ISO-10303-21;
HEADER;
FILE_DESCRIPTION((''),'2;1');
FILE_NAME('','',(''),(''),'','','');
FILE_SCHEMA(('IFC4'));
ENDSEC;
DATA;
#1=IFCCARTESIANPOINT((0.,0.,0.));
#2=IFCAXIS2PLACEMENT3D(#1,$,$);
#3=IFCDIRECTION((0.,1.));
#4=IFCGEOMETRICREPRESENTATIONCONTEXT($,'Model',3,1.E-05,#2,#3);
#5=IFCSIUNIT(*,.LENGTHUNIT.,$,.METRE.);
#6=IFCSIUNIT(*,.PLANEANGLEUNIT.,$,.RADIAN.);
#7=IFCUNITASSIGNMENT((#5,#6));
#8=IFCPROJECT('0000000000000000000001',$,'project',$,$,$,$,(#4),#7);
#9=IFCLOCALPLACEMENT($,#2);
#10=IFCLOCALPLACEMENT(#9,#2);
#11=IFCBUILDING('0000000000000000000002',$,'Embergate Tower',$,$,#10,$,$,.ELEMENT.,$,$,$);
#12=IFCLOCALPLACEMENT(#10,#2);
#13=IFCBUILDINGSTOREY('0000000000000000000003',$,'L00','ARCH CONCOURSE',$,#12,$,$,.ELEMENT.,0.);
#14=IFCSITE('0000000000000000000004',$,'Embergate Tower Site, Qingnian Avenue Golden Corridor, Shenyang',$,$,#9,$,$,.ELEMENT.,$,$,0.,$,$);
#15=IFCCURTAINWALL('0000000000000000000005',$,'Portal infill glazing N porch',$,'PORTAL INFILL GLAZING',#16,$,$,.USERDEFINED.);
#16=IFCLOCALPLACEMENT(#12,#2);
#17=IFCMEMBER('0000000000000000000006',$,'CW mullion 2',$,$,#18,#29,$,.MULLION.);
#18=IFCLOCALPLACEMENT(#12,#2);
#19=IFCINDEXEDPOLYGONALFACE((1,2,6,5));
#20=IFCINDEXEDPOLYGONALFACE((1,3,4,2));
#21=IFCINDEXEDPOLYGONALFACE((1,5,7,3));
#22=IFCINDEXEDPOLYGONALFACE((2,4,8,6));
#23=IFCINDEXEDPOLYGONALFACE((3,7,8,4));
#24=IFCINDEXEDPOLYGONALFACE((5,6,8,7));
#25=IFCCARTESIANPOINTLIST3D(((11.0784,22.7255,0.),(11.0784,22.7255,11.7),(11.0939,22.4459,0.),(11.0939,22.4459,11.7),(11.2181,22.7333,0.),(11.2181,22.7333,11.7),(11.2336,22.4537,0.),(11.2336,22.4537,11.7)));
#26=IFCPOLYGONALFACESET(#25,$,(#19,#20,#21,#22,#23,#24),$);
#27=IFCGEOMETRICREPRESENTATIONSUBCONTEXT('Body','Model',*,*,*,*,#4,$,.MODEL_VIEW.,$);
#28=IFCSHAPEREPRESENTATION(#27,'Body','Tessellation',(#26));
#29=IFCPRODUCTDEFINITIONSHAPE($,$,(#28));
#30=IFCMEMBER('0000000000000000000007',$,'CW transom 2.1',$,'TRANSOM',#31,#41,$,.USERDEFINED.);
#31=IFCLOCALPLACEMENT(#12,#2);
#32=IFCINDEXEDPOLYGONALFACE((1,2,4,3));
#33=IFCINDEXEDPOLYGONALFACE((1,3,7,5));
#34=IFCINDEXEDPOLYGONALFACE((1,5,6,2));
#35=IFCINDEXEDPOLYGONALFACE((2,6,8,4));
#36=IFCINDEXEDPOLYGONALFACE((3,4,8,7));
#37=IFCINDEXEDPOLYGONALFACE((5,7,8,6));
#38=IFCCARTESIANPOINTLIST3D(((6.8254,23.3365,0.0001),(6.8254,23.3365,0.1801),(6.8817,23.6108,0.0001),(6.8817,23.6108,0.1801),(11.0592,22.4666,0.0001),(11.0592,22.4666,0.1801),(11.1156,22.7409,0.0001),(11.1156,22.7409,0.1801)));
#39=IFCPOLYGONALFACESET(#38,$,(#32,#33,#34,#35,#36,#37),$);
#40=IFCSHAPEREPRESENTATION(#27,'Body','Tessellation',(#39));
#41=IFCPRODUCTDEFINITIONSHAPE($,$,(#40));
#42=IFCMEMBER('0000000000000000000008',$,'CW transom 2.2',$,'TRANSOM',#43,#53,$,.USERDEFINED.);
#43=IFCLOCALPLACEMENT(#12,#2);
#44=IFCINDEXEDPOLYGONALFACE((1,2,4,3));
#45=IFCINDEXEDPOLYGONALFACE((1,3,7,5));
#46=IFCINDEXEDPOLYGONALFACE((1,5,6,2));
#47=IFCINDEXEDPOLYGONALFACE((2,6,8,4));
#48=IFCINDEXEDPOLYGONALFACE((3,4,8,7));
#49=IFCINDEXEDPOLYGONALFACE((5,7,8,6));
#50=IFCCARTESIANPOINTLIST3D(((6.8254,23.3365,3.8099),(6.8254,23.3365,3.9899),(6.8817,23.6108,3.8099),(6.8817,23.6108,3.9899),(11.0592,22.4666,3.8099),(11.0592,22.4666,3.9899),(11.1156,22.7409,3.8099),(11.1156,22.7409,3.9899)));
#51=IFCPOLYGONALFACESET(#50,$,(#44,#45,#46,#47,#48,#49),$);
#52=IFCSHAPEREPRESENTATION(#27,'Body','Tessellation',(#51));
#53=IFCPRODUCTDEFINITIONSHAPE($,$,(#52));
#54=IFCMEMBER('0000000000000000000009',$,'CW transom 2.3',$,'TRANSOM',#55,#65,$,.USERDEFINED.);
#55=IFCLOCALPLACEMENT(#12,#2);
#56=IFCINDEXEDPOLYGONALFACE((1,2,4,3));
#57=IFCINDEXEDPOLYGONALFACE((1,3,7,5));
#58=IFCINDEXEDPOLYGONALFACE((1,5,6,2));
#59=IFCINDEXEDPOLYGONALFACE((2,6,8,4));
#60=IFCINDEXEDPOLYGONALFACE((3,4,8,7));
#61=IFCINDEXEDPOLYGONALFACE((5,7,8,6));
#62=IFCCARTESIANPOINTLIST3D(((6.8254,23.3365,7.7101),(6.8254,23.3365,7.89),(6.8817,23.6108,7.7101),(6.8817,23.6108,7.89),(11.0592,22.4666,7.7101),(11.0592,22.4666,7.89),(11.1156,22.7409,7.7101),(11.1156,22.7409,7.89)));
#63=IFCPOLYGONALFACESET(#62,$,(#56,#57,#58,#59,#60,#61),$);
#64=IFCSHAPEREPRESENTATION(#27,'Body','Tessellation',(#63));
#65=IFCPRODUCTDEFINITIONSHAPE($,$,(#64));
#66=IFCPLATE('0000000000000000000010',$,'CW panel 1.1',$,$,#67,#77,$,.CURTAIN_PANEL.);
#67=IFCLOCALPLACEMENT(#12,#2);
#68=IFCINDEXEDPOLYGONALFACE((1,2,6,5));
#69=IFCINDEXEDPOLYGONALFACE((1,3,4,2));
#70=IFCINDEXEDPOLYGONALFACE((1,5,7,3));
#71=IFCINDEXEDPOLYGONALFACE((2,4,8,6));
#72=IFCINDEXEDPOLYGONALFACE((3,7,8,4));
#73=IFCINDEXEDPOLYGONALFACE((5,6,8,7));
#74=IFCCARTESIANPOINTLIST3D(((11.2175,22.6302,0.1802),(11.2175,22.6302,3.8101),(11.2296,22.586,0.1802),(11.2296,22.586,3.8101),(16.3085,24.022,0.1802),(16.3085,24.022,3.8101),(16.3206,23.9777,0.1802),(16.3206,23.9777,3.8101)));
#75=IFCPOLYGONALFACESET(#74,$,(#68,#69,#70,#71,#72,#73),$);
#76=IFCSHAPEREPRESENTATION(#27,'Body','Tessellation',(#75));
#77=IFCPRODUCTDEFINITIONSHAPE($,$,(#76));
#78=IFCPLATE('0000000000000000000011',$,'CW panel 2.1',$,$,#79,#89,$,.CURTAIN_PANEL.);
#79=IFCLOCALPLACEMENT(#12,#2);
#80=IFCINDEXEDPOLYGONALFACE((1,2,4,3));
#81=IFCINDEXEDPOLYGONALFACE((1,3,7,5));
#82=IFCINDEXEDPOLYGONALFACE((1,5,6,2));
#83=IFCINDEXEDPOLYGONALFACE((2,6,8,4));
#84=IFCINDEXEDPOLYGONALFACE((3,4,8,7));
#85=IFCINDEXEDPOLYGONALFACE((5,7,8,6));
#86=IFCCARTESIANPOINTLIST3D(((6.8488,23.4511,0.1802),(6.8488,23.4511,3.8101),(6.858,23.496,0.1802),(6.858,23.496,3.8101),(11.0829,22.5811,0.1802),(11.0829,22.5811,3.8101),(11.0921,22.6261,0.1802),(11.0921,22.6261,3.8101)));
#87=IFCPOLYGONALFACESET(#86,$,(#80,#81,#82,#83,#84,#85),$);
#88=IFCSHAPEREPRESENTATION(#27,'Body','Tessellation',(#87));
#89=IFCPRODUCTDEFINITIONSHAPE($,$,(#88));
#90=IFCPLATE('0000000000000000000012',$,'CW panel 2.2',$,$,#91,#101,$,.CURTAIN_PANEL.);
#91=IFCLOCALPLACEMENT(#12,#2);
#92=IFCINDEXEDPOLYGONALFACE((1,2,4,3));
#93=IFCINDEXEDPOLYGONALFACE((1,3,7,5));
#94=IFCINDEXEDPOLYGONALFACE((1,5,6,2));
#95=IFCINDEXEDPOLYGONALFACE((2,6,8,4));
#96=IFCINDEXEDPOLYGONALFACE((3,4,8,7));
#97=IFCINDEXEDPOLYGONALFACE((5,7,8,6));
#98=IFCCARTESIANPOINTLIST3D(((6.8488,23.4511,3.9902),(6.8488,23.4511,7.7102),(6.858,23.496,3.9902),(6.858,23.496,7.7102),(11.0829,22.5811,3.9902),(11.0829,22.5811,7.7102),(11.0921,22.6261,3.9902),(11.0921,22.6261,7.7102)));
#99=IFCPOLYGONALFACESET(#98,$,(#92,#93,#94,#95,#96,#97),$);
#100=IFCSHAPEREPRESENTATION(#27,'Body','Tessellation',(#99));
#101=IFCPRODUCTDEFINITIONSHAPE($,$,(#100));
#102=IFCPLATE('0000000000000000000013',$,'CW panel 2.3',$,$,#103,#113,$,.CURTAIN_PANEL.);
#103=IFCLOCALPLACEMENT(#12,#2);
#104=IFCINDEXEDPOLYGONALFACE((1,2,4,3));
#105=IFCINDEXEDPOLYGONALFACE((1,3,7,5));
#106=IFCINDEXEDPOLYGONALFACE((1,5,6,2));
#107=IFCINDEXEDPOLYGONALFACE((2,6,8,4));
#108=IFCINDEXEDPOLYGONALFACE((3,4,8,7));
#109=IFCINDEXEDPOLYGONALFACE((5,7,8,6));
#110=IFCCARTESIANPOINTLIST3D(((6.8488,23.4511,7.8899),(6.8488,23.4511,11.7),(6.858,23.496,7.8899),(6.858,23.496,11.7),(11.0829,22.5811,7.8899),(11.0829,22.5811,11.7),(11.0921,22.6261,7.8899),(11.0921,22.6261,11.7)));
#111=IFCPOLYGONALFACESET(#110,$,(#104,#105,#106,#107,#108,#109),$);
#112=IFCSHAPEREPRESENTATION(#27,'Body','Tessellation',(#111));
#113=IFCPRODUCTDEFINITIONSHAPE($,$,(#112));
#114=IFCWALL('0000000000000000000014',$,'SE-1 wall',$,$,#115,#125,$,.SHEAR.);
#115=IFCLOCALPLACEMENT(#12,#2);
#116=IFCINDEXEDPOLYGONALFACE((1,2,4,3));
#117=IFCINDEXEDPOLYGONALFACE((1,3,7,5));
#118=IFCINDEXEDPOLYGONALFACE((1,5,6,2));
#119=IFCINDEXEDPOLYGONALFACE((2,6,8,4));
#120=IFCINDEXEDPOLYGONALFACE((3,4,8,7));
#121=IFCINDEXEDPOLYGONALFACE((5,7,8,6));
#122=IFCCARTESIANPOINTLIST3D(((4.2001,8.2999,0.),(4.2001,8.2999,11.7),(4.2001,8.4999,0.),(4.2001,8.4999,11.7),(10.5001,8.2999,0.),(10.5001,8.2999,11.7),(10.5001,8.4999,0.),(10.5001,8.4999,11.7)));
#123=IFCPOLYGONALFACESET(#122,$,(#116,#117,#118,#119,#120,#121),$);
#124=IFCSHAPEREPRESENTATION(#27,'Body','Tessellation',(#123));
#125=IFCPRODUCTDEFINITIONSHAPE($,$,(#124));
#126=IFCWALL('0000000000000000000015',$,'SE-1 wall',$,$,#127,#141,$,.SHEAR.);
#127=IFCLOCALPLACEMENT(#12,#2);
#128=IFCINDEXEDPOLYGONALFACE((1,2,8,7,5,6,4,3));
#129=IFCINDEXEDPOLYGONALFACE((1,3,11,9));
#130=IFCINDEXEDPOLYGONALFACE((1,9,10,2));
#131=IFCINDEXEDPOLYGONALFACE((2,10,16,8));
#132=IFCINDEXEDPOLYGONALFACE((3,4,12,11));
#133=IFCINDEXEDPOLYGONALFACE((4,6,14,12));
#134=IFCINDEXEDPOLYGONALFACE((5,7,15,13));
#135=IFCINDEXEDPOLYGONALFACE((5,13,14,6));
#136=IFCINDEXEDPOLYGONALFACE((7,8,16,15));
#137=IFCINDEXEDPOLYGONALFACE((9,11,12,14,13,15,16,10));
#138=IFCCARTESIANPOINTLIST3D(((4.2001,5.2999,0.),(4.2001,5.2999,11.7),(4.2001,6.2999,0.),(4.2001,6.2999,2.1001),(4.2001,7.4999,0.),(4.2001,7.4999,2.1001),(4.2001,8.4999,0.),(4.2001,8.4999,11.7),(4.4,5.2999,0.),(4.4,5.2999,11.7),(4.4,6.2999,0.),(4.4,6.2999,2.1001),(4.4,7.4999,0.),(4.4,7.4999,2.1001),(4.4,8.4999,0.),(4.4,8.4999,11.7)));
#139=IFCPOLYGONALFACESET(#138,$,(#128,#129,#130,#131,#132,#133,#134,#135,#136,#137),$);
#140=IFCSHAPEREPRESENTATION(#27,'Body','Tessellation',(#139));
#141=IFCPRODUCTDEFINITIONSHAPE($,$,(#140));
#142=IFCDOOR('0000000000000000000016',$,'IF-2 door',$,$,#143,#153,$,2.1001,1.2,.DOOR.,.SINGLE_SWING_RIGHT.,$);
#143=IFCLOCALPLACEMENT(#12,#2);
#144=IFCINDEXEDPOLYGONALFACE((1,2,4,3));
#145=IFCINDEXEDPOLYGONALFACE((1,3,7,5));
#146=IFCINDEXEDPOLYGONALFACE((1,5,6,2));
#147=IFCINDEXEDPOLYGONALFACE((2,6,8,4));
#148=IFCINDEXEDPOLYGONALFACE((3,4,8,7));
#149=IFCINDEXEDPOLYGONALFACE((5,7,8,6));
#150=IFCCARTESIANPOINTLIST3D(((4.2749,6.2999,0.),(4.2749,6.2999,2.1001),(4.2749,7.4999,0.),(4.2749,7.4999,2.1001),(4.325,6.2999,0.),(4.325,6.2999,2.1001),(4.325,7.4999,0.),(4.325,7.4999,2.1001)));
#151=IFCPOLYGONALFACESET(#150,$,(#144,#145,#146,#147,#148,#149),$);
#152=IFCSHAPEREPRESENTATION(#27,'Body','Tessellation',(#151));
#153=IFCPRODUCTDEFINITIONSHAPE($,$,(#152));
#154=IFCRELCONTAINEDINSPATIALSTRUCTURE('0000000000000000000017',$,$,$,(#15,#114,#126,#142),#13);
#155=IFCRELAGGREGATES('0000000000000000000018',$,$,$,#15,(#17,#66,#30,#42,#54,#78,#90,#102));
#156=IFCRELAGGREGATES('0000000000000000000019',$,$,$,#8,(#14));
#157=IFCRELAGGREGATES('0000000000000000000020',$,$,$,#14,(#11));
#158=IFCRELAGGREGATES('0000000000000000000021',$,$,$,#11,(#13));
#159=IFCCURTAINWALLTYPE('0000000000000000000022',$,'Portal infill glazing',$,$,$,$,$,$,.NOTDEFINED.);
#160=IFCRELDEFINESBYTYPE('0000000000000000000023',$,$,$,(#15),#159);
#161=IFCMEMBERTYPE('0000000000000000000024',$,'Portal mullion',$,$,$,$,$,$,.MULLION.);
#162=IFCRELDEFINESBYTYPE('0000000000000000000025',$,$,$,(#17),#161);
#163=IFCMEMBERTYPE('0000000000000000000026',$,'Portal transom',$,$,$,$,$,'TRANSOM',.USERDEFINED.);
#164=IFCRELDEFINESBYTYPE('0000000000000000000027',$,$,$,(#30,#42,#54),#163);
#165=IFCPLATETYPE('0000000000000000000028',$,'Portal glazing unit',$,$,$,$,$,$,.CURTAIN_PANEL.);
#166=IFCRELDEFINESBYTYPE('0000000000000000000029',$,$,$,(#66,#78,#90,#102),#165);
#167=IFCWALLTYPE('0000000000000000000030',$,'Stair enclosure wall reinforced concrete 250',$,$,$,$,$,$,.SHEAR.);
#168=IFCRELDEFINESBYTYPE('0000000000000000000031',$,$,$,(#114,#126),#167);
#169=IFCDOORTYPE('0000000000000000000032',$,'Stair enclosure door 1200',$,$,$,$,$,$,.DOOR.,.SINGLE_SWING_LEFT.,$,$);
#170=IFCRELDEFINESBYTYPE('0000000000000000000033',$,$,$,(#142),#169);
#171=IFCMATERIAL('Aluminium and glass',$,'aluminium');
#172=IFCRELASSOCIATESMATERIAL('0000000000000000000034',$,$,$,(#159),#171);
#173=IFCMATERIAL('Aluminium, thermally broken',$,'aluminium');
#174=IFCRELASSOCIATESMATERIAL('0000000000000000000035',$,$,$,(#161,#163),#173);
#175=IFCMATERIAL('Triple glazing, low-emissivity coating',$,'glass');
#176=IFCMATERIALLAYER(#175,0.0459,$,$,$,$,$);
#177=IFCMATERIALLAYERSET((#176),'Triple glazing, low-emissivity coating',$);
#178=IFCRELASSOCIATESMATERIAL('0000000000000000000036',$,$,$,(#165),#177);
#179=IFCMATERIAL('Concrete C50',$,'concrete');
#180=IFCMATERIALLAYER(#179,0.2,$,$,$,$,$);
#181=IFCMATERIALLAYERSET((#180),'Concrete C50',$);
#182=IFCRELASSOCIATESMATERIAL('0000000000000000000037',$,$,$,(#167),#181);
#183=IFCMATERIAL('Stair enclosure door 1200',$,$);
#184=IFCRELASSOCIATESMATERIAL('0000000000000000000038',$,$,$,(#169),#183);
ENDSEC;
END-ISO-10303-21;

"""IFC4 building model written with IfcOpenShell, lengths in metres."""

from ifc_helpers import new_model, si_unit, direction, frame, frame_2d, origin, origin_2d, place, context, subcontext, project, spatial, rectangle, extrude, source, transform, mapped, material, layer, layer_set, material_profile, profile_set, type_object, element, fill, aggregate, save


model = new_model("IFC4")

# Units and contexts
model_context = context("Model", 3, precision=1e-05, world=origin(), true_north=direction((0.0, 1.0)))
body_context = subcontext(model_context, "Body", "Model", "MODEL_VIEW")
ifc_project = project(units=[si_unit("LENGTHUNIT", "METRE"), si_unit("PLANEANGLEUNIT", "RADIAN")], contexts=[model_context])

# Site, building, storey
site_placement = place(None, origin())
site = spatial("IfcSite", under=ifc_project, at=site_placement, Name="Embergate Tower Site, Qingnian Avenue Golden Corridor, Shenyang", CompositionType="ELEMENT", RefElevation=0.0)
building_placement = place(site_placement, origin())
building = spatial("IfcBuilding", under=site, at=building_placement, Name="Embergate Tower", CompositionType="ELEMENT")
storey_placement = place(building_placement, origin())
storey = spatial("IfcBuildingStorey", under=building, at=storey_placement, Name="L00", Description="ARCH CONCOURSE", CompositionType="ELEMENT", Elevation=0.0)

# Curtain wall, members, plates
ifc_material_1 = material(Name="Aluminium and glass", Category="aluminium")
curtain_wall_type = type_object("IfcCurtainWallType", Name="Portal infill glazing", PredefinedType="NOTDEFINED", material=ifc_material_1)
curtain_wall_placement = place(storey_placement, origin())
curtain_wall = element("IfcCurtainWall", 1, at=curtain_wall_placement, inside=storey, type_object=curtain_wall_type, Name="Portal infill glazing N porch", ObjectType="PORTAL INFILL GLAZING", PredefinedType="USERDEFINED")
ifc_material_2 = material(Name="Aluminium, thermally broken", Category="aluminium")
ifc_material_profile_1 = material_profile(ifc_material_2, rectangle(XDim=0.28, YDim=0.1399, at=origin_2d()), Name="AL 140x280")
ifc_profile_set_1 = profile_set([ifc_material_profile_1], Name="Aluminium, thermally broken")
member_type_1 = type_object("IfcMemberType", Name="Portal mullion", PredefinedType="MULLION", material=ifc_profile_set_1)
shared_shape_1 = source(origin(), body_context, "Body", "SweptSolid", [
    extrude(rectangle(XDim=0.28, YDim=0.1399, at=origin_2d()), origin(), (0.0, 0.0, 1.0), 11.7),
])
member_1_placement = place(storey_placement, frame((11.156, 22.5896, 0.0), z_axis=(0.0, 0.0, 1.0), x_axis=(0.055198, -0.998475, 0.0)))
member_1 = element("IfcMember", 2, at=member_1_placement, type_object=member_type_1, Name="CW mullion 2", PredefinedType="MULLION", context=body_context, shape_type="MappedRepresentation", body=[
    mapped(shared_shape_1, transform((0.0, 0.0, 0.0))),
])
ifc_material_profile_2 = material_profile(ifc_material_2, rectangle(XDim=0.28, YDim=0.1799, at=origin_2d()), Name="AL 180x280")
ifc_profile_set_2 = profile_set([ifc_material_profile_2], Name="Aluminium, thermally broken")
member_type_2 = type_object("IfcMemberType", Name="Portal transom", ElementType="TRANSOM", PredefinedType="USERDEFINED", material=ifc_profile_set_2)
shared_shape_2 = source(origin(), body_context, "Body", "SweptSolid", [
    extrude(rectangle(XDim=0.28, YDim=0.1799, at=origin_2d()), origin(), (0.0, 0.0, 1.0), 4.3223),
])
member_2_placement = place(storey_placement, frame((11.0874, 22.6038, 0.0901), z_axis=(-0.97954, 0.201251, 0.0), x_axis=(-0.201251, -0.97954, 0.0)))
member_2 = element("IfcMember", 3, at=member_2_placement, type_object=member_type_2, Name="CW transom 2.1", ObjectType="TRANSOM", PredefinedType="USERDEFINED", context=body_context, shape_type="MappedRepresentation", body=[
    mapped(shared_shape_2, transform((0.0, 0.0, 0.0))),
])
member_3_placement = place(storey_placement, frame((11.0874, 22.6038, 3.8999), z_axis=(-0.97954, 0.201251, 0.0), x_axis=(-0.201251, -0.97954, 0.0)))
member_3 = element("IfcMember", 4, at=member_3_placement, type_object=member_type_2, Name="CW transom 2.2", ObjectType="TRANSOM", PredefinedType="USERDEFINED", context=body_context, shape_type="MappedRepresentation", body=[
    mapped(shared_shape_2, transform((0.0, 0.0, 0.0))),
])
member_4_placement = place(storey_placement, frame((11.0874, 22.6038, 7.8), z_axis=(-0.97954, 0.201251, 0.0), x_axis=(-0.201251, -0.97954, 0.0)))
member_4 = element("IfcMember", 5, at=member_4_placement, type_object=member_type_2, Name="CW transom 2.3", ObjectType="TRANSOM", PredefinedType="USERDEFINED", context=body_context, shape_type="MappedRepresentation", body=[
    mapped(shared_shape_2, transform((0.0, 0.0, 0.0))),
])
ifc_material_3 = material(Name="Triple glazing, low-emissivity coating", Category="glass")
ifc_layer_1 = layer(ifc_material_3, 0.0459)
ifc_layer_set_1 = layer_set([ifc_layer_1], Name="Triple glazing, low-emissivity coating")
plate_type = type_object("IfcPlateType", Name="Portal glazing unit", PredefinedType="CURTAIN_PANEL", material=ifc_layer_set_1)
shared_shape_3 = source(origin(), body_context, "Body", "SweptSolid", [
    extrude(rectangle(XDim=5.2778, YDim=0.0459, at=origin_2d()), origin(), (0.0, 0.0, 1.0), 3.6299),
])
plate_1_placement = place(storey_placement, frame((13.769, 23.304, 0.1802), z_axis=(0.0, 0.0, 1.0), x_axis=(-0.964607, -0.263693, 0.0)))
plate_1 = element("IfcPlate", 6, at=plate_1_placement, type_object=plate_type, Name="CW panel 1.1", PredefinedType="CURTAIN_PANEL", context=body_context, shape_type="MappedRepresentation", body=[
    mapped(shared_shape_3, transform((0.0, 0.0, 0.0))),
])
shared_shape_4 = source(origin(), body_context, "Body", "SweptSolid", [
    extrude(rectangle(XDim=4.3225, YDim=0.0459, at=origin_2d()), origin(), (0.0, 0.0, 1.0), 3.6299),
])
plate_2_placement = place(storey_placement, frame((8.9705, 23.0386, 0.1802), z_axis=(0.0, 0.0, 1.0), x_axis=(-0.979538, 0.201257, 0.0)))
plate_2 = element("IfcPlate", 7, at=plate_2_placement, type_object=plate_type, Name="CW panel 2.1", PredefinedType="CURTAIN_PANEL", context=body_context, shape_type="MappedRepresentation", body=[
    mapped(shared_shape_4, transform((0.0, 0.0, 0.0))),
])
shared_shape_5 = source(origin(), body_context, "Body", "SweptSolid", [
    extrude(rectangle(XDim=4.3225, YDim=0.0459, at=origin_2d()), origin(), (0.0, 0.0, 1.0), 3.72),
])
plate_3_placement = place(storey_placement, frame((8.9705, 23.0386, 3.9902), z_axis=(0.0, 0.0, 1.0), x_axis=(-0.979538, 0.201257, 0.0)))
plate_3 = element("IfcPlate", 8, at=plate_3_placement, type_object=plate_type, Name="CW panel 2.2", PredefinedType="CURTAIN_PANEL", context=body_context, shape_type="MappedRepresentation", body=[
    mapped(shared_shape_5, transform((0.0, 0.0, 0.0))),
])
shared_shape_6 = source(origin(), body_context, "Body", "SweptSolid", [
    extrude(rectangle(XDim=4.3225, YDim=0.0459, at=origin_2d()), origin(), (0.0, 0.0, 1.0), 3.8101),
])
plate_4_placement = place(storey_placement, frame((8.9705, 23.0386, 7.8899), z_axis=(0.0, 0.0, 1.0), x_axis=(-0.979538, 0.201257, 0.0)))
plate_4 = element("IfcPlate", 9, at=plate_4_placement, type_object=plate_type, Name="CW panel 2.3", PredefinedType="CURTAIN_PANEL", context=body_context, shape_type="MappedRepresentation", body=[
    mapped(shared_shape_6, transform((0.0, 0.0, 0.0))),
])
aggregate(curtain_wall, [member_1, plate_1, member_2, member_3, member_4, plate_2, plate_3, plate_4])

# Wall
ifc_material_4 = material(Name="Concrete C50", Category="concrete")
ifc_layer_2 = layer(ifc_material_4, 0.2)
ifc_layer_set_2 = layer_set([ifc_layer_2], Name="Concrete C50")
wall_type_1 = type_object("IfcWallType", Name="Stair enclosure wall reinforced concrete 250", PredefinedType="SHEAR", material=ifc_layer_set_2)
shared_shape_7 = source(origin(), body_context, "Body", "SweptSolid", [
    extrude(rectangle(XDim=6.3, YDim=0.2, at=frame_2d((3.1499, 0.0))), origin(), (0.0, 0.0, 1.0), 11.7),
])
wall_1_placement = place(storey_placement, frame((10.5, 8.3999, 0.0), z_axis=(0.0, 0.0, 1.0), x_axis=(-1.0, 0.0, 0.0)))
element("IfcWall", 10, at=wall_1_placement, inside=storey, type_object=wall_type_1, Name="SE-1 wall", PredefinedType="SHEAR", context=body_context, shape_type="MappedRepresentation", body=[
    mapped(shared_shape_7, transform((0.0, 0.0, 0.0))),
])

# Wall, opening, door
shared_shape_8 = source(origin(), body_context, "Body", "SweptSolid", [
    extrude(rectangle(XDim=3.2, YDim=0.2, at=frame_2d((1.6001, 0.0))), origin(), (0.0, 0.0, 1.0), 11.7),
])
wall_2_placement = place(storey_placement, frame((4.3, 8.5, 0.0), z_axis=(0.0, 0.0, 1.0), x_axis=(0.0, -1.0, 0.0)))
wall_2 = element("IfcWall", 11, at=wall_2_placement, inside=storey, type_object=wall_type_1, Name="SE-1 wall", PredefinedType="SHEAR", context=body_context, shape_type="MappedRepresentation", body=[
    mapped(shared_shape_8, transform((0.0, 0.0, 0.0))),
])
shared_shape_9 = source(origin(), body_context, "Body", "SweptSolid", [
    extrude(rectangle(XDim=1.2, YDim=2.1001, at=frame_2d((0.6001, 1.05))), frame((0.0, 0.1099, 0.0), z_axis=(0.0, -1.0, 0.0), x_axis=(1.0, 0.0, 0.0)), (0.0, 0.0, 1.0), 0.22),
])
opening_1_placement = place(wall_2_placement, frame((1.0, 0.0, 0.0)))
opening_1 = element("IfcOpeningElement", 12, at=opening_1_placement, cuts=wall_2, PredefinedType="OPENING", context=body_context, shape_type="MappedRepresentation", body=[
    mapped(shared_shape_9, transform((0.0, 0.0, 0.0))),
])
ifc_material_5 = material(Name="Stair enclosure door 1200")
door_type_1 = type_object("IfcDoorType", Name="Stair enclosure door 1200", OperationType="SINGLE_SWING_LEFT", PredefinedType="DOOR", material=ifc_material_5)
shared_shape_10 = source(origin(), body_context, "Body", "SweptSolid", [
    extrude(rectangle(XDim=1.2, YDim=2.1001, at=frame_2d((0.6001, 1.05))), frame((0.0, 0.0249, 0.0), z_axis=(0.0, -1.0, 0.0), x_axis=(1.0, 0.0, 0.0)), (0.0, 0.0, 1.0), 0.05),
])
door_1_placement = place(opening_1_placement, origin())
door_1 = element("IfcDoor", 13, at=door_1_placement, inside=storey, type_object=door_type_1, Name="IF-2 door", OperationType="SINGLE_SWING_RIGHT", OverallHeight=2.1001, OverallWidth=1.2, PredefinedType="DOOR", context=body_context, shape_type="MappedRepresentation", body=[
    mapped(shared_shape_10, transform((0.0, 0.0, 0.0))),
])
fill(opening_1, door_1)

save(model, "model.ifc")
